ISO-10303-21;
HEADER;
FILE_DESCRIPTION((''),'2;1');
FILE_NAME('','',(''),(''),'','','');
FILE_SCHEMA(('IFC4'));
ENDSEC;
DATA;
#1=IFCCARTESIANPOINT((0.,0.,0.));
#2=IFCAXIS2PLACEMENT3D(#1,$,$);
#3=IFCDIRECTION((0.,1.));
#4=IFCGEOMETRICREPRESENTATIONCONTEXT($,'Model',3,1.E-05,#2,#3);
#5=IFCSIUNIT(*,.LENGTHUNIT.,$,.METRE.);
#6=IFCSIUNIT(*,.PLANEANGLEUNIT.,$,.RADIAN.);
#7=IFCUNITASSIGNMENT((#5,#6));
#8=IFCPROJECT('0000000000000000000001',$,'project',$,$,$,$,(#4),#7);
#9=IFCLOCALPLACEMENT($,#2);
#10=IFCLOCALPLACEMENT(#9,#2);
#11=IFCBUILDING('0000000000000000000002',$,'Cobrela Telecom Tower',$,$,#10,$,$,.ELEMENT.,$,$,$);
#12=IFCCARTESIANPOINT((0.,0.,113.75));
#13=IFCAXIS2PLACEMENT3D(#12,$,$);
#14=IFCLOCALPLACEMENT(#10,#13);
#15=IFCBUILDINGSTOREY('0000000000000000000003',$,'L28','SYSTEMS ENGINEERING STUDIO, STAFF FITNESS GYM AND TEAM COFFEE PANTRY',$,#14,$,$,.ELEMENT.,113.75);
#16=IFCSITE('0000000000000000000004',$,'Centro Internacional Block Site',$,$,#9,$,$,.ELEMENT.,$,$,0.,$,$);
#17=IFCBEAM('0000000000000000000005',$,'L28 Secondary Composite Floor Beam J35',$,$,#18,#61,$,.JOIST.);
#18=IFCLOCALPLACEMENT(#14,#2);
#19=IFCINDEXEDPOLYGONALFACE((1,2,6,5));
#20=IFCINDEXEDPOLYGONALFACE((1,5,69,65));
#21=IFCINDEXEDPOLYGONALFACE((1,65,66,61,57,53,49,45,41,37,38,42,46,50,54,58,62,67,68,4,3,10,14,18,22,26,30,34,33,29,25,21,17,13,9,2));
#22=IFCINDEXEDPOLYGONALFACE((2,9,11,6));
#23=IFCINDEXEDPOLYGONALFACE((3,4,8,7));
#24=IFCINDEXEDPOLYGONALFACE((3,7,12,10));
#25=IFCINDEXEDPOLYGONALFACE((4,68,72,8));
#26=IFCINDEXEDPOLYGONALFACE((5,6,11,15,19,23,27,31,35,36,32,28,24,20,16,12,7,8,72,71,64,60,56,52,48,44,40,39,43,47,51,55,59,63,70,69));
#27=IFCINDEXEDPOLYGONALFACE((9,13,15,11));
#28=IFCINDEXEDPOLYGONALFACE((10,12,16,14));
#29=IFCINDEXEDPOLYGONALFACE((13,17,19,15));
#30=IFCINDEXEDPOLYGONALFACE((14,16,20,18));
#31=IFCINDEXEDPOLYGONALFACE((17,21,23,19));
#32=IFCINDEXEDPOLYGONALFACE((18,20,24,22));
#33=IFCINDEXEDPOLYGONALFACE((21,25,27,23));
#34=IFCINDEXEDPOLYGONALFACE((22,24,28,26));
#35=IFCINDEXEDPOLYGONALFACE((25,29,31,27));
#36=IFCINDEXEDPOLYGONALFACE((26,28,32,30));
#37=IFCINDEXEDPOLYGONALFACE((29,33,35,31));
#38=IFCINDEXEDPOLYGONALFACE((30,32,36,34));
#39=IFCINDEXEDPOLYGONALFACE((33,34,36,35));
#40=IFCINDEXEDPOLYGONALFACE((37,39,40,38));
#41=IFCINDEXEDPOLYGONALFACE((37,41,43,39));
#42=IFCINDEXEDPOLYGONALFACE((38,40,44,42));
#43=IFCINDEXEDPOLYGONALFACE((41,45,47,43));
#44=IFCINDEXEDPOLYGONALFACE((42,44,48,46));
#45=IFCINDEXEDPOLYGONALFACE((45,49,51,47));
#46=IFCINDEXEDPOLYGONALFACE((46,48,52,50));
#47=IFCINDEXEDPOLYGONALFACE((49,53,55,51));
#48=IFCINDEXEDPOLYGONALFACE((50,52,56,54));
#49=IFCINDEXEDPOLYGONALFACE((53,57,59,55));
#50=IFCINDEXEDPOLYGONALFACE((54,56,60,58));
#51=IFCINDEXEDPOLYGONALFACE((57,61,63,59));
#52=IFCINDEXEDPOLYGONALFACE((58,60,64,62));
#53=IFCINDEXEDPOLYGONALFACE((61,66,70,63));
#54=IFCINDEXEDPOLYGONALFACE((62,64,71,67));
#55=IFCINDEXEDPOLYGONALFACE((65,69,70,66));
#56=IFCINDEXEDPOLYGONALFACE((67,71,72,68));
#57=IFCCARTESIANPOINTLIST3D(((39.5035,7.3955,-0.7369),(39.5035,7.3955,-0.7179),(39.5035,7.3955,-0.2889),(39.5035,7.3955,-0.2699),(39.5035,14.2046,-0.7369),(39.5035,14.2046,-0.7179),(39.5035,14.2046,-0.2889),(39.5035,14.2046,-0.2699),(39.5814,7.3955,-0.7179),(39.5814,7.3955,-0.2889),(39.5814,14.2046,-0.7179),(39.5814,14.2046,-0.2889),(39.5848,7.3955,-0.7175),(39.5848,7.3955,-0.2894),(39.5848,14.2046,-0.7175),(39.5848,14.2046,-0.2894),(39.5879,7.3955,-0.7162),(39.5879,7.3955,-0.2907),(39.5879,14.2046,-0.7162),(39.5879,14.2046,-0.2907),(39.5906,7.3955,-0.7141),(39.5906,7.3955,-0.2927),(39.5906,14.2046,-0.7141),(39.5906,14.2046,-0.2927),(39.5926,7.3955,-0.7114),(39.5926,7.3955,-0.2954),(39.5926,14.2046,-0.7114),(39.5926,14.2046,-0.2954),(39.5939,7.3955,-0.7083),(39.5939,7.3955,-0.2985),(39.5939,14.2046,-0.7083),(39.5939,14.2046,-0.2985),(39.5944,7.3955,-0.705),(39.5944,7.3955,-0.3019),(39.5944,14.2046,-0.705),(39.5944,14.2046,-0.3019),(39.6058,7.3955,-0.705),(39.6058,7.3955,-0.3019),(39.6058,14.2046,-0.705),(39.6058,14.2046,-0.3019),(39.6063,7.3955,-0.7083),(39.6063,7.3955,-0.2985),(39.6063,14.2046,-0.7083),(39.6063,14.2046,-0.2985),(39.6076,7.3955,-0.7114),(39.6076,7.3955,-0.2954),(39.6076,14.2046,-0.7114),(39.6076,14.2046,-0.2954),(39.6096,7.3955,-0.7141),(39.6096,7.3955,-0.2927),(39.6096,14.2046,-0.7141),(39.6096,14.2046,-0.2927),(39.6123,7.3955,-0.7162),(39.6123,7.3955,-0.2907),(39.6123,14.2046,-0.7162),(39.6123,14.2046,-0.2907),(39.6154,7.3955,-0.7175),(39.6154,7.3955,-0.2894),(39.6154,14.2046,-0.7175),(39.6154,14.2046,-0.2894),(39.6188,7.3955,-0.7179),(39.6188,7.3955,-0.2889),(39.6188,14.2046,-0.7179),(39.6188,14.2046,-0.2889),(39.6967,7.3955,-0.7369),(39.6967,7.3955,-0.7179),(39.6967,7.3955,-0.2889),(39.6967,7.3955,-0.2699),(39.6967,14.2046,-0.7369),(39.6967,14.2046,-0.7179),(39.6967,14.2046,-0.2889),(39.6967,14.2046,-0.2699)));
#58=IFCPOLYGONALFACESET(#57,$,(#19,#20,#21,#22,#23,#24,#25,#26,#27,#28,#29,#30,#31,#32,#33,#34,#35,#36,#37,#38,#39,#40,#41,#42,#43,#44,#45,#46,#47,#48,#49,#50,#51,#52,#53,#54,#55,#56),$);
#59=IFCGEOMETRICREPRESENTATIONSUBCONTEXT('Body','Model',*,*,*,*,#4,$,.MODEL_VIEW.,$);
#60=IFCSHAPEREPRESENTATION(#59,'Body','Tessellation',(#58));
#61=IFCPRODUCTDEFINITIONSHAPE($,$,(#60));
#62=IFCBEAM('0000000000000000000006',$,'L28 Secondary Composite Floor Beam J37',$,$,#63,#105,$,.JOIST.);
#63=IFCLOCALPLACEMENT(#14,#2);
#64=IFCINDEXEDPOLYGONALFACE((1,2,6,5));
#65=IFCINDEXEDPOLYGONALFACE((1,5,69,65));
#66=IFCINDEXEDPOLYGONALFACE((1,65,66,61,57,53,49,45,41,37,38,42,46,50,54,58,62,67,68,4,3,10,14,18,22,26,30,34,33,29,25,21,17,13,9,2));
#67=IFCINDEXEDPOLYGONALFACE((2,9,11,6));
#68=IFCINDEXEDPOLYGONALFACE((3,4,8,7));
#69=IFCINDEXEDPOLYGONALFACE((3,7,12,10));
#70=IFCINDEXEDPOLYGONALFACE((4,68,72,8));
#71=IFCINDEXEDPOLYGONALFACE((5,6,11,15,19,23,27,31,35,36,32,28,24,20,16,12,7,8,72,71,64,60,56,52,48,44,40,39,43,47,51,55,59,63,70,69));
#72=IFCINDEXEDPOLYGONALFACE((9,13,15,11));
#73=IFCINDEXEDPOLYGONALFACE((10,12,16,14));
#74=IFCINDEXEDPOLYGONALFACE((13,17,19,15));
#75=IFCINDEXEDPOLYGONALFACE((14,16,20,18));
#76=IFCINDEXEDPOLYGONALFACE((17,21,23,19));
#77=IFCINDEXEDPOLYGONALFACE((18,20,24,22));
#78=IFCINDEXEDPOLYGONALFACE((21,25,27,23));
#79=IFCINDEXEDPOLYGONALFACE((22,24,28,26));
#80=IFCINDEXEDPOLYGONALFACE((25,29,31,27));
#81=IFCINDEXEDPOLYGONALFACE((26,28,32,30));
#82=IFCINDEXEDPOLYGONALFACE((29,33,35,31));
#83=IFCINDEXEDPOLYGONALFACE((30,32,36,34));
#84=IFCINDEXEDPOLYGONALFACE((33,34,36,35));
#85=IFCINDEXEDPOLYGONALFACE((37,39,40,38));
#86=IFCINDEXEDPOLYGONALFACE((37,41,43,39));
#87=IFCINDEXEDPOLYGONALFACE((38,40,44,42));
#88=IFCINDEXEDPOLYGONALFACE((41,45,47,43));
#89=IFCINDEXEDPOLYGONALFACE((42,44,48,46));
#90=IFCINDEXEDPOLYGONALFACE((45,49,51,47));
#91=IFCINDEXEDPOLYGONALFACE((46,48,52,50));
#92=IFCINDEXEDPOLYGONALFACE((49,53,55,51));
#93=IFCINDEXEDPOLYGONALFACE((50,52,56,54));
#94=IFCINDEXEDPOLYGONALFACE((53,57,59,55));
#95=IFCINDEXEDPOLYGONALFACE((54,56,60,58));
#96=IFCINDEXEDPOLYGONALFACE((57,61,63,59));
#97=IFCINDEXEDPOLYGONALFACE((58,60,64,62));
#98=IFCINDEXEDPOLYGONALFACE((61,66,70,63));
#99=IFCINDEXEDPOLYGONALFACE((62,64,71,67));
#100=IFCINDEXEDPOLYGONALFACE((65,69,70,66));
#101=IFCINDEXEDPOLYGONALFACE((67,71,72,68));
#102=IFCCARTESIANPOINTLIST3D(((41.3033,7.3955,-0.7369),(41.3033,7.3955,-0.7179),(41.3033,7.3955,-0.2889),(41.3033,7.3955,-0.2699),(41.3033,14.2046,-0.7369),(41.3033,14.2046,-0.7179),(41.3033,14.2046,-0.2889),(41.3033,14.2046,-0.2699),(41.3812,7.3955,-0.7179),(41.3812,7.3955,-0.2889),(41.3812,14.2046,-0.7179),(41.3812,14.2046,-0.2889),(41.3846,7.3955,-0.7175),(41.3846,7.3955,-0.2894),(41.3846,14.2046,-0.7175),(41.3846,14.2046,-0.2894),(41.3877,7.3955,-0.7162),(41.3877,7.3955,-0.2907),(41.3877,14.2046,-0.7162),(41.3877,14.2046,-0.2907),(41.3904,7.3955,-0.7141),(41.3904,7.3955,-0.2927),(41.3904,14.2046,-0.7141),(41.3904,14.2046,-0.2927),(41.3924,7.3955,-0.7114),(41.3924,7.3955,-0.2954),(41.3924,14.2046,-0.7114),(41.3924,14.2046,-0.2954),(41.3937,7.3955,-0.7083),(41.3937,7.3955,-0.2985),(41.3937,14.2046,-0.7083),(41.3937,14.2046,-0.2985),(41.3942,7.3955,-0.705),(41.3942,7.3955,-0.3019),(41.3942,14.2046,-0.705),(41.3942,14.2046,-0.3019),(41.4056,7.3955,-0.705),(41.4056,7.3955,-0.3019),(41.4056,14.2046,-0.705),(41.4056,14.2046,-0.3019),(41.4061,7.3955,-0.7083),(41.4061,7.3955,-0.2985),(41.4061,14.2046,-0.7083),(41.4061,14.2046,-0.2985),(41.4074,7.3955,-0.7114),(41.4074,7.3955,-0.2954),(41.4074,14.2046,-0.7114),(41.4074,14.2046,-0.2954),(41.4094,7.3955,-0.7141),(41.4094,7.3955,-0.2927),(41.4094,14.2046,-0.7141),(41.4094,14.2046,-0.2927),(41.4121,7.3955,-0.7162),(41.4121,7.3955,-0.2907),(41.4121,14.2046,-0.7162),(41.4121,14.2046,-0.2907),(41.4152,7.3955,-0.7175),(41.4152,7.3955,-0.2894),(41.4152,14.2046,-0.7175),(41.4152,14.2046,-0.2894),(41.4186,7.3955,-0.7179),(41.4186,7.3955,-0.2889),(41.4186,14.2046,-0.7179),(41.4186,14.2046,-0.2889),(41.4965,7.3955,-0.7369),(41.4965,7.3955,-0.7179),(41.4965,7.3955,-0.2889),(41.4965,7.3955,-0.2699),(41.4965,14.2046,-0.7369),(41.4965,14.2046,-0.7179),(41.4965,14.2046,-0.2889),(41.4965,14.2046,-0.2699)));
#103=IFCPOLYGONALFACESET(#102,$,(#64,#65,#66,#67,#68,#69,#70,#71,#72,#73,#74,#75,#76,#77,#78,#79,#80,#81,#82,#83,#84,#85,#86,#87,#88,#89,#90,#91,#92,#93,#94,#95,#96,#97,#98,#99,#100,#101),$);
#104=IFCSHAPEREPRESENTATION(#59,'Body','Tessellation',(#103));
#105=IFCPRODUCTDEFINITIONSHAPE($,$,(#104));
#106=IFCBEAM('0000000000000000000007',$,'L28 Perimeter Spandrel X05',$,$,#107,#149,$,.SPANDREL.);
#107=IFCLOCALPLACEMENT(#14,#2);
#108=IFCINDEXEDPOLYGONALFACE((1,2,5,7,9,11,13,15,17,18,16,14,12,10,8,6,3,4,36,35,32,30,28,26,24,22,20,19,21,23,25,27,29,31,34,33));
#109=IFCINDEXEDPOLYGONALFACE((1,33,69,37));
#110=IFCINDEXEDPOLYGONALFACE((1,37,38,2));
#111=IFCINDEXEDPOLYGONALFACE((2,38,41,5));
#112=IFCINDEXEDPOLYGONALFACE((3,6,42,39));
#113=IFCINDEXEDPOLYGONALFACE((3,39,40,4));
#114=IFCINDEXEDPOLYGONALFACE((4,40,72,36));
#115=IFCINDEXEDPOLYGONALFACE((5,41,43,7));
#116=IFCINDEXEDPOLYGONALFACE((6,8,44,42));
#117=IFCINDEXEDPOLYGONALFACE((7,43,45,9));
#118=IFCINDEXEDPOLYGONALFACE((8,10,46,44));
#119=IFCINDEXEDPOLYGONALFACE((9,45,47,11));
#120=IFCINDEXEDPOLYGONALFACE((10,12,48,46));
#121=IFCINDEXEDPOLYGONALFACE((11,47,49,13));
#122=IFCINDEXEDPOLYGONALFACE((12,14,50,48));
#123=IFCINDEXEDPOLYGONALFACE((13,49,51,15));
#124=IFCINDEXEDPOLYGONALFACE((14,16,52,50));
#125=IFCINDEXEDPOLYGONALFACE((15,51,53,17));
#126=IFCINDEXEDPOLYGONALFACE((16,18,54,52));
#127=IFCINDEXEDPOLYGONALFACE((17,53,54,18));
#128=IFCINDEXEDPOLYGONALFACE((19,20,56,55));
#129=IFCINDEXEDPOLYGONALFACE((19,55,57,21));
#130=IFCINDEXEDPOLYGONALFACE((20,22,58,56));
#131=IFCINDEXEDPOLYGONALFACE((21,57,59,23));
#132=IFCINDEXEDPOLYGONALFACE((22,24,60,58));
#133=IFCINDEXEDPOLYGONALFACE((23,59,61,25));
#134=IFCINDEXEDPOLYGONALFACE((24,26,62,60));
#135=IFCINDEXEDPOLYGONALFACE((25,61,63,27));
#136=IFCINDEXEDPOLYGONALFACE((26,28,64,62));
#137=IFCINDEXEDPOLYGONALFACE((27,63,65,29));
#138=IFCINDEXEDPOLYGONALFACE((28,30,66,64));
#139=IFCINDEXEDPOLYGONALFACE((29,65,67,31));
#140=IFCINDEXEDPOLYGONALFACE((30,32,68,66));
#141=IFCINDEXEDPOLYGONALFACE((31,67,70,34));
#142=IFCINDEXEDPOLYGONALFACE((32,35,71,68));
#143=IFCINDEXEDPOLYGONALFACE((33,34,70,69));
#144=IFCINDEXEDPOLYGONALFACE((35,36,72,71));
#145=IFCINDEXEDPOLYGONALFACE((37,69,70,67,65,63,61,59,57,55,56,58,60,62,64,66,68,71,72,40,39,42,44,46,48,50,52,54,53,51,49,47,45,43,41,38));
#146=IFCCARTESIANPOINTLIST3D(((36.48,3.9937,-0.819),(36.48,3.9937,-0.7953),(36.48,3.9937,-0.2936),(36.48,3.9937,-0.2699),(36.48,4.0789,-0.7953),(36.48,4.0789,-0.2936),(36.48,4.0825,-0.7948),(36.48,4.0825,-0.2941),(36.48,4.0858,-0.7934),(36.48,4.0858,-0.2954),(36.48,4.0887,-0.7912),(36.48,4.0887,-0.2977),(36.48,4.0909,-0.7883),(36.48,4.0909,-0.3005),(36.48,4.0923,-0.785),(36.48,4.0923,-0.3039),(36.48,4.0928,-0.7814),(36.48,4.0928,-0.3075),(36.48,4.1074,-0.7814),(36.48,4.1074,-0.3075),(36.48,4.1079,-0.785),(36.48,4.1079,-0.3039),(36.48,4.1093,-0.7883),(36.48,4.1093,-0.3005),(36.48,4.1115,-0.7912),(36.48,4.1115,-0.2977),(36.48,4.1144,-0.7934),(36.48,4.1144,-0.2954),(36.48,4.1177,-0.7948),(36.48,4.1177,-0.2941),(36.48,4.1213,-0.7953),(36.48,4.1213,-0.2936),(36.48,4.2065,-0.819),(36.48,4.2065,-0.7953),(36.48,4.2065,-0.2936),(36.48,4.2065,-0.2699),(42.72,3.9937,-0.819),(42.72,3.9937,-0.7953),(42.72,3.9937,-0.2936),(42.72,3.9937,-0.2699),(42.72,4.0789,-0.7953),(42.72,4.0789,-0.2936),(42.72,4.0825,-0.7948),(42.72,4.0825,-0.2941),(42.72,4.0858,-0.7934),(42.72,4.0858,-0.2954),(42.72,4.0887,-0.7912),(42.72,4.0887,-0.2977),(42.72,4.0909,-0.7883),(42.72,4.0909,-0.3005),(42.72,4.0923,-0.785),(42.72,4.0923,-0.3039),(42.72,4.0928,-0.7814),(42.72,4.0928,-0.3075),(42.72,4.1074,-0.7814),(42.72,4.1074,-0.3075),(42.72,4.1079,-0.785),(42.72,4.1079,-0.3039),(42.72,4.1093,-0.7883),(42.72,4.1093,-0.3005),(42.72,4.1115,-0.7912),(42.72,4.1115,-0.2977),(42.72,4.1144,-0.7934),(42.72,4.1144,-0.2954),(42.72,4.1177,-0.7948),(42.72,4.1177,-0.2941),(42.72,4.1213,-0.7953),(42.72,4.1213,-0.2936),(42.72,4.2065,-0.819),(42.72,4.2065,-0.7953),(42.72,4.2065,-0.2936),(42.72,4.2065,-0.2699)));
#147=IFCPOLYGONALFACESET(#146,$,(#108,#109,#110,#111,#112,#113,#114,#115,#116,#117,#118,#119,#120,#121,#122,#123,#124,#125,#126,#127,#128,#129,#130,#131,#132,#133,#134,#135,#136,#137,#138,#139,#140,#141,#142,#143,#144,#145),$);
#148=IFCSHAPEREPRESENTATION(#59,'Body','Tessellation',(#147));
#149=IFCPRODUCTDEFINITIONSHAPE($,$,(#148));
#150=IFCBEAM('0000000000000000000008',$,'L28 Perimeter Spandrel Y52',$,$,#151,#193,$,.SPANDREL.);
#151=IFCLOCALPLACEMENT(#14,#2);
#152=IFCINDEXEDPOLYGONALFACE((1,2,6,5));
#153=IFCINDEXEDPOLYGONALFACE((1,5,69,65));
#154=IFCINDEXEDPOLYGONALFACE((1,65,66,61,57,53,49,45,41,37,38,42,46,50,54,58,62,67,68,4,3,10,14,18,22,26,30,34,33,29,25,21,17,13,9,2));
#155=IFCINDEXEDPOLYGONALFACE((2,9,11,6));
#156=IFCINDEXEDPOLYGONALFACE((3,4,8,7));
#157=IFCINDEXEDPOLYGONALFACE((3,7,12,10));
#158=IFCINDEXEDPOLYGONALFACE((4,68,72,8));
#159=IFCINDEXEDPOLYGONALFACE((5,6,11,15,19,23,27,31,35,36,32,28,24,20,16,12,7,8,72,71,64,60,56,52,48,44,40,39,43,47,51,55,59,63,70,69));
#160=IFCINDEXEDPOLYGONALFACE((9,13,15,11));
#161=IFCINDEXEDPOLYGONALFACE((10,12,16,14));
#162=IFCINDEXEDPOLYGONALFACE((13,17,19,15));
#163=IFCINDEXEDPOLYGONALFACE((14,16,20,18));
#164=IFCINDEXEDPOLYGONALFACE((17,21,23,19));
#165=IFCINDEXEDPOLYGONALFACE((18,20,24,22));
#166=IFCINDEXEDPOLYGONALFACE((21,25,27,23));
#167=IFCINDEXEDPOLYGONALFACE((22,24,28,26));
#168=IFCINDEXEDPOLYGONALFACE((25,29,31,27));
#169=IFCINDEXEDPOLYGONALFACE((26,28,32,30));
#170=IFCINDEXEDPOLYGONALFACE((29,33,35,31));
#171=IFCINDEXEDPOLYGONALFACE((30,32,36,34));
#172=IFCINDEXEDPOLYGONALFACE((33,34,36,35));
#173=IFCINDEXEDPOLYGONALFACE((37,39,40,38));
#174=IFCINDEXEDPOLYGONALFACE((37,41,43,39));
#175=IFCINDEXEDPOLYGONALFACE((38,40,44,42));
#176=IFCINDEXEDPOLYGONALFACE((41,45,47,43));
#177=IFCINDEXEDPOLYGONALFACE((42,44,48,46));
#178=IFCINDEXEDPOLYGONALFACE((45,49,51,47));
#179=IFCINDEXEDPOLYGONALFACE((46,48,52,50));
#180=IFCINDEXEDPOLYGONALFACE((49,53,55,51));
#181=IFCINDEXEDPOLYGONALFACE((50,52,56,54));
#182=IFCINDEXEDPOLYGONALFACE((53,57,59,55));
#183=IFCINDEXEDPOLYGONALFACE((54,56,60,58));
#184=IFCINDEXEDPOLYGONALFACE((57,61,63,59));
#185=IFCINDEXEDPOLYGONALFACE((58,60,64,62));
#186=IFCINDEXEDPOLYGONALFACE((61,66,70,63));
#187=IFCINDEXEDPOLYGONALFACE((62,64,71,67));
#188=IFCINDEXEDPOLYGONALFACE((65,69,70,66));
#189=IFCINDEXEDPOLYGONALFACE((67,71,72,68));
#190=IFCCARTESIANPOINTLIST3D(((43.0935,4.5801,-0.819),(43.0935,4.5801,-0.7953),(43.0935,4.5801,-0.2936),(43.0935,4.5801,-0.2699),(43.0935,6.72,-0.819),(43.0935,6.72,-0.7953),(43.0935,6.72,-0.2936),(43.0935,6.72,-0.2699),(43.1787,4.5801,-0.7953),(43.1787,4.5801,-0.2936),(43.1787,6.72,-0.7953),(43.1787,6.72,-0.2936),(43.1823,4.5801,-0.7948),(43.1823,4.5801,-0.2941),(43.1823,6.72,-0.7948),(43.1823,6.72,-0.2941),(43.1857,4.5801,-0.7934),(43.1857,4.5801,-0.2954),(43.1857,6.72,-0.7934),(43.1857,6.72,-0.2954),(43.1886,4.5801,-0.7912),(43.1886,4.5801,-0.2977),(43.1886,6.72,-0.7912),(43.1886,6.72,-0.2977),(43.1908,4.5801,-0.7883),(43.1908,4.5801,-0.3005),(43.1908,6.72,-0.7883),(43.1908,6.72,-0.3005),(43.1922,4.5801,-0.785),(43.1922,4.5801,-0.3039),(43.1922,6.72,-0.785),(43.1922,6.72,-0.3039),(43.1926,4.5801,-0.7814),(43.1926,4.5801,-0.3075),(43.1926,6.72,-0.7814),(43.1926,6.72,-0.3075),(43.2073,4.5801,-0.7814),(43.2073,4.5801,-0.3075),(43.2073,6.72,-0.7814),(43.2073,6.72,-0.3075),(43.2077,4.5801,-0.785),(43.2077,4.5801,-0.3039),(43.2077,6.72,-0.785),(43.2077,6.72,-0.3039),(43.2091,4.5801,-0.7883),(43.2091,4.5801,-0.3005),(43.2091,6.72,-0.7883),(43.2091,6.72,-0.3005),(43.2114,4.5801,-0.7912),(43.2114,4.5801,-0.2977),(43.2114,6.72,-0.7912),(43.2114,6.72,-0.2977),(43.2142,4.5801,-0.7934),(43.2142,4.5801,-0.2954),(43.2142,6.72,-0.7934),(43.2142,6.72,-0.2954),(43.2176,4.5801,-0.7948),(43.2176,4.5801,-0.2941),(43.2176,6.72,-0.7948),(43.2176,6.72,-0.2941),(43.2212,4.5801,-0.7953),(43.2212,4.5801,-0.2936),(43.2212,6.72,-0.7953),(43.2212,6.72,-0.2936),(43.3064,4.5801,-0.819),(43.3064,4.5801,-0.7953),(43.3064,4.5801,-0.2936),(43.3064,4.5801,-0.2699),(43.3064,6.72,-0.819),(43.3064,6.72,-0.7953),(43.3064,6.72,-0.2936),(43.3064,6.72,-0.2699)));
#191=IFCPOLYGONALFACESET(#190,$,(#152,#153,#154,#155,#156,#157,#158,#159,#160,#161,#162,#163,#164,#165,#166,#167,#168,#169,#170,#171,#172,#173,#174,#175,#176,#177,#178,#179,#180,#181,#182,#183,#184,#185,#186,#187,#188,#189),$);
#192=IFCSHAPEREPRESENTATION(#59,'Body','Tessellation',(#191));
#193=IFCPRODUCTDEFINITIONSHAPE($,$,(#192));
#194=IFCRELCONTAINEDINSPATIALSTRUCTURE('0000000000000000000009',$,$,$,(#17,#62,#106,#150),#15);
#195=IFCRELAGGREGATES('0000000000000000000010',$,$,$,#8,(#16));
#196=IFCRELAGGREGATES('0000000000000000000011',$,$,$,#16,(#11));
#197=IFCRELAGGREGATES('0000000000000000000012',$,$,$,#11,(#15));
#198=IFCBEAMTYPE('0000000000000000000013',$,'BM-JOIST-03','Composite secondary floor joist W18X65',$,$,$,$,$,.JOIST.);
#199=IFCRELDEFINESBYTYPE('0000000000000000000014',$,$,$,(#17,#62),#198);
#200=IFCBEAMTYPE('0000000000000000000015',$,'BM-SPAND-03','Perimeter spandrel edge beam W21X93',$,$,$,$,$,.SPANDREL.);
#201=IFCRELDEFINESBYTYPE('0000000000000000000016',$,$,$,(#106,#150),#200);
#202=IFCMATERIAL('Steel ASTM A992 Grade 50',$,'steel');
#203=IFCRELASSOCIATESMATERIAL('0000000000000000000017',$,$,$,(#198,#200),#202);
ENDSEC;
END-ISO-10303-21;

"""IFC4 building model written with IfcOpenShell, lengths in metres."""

from ifc_helpers import new_model, si_unit, direction, frame, origin, origin_2d, place, context, subcontext, project, spatial, i_section, extrude, material, material_profile, profile_set, type_object, element, save


model = new_model("IFC4")

# Units and contexts
model_context = context("Model", 3, precision=1e-05, world=origin(), true_north=direction((0.0, 1.0)))
body_context = subcontext(model_context, "Body", "Model", "MODEL_VIEW")
ifc_project = project(units=[si_unit("LENGTHUNIT", "METRE"), si_unit("PLANEANGLEUNIT", "RADIAN")], contexts=[model_context])

# Site, building, storey
site_placement = place(None, origin())
site = spatial("IfcSite", under=ifc_project, at=site_placement, Name="Centro Internacional Block Site", CompositionType="ELEMENT", RefElevation=0.0)
building_placement = place(site_placement, origin())
building = spatial("IfcBuilding", under=site, at=building_placement, Name="Cobrela Telecom Tower", CompositionType="ELEMENT")
storey_placement = place(building_placement, frame((0.0, 0.0, 113.75)))
storey = spatial("IfcBuildingStorey", under=building, at=storey_placement, Name="L28", Description="SYSTEMS ENGINEERING STUDIO, STAFF FITNESS GYM AND TEAM COFFEE PANTRY", CompositionType="ELEMENT", Elevation=113.75)

# Shared definitions
ifc_material_1 = material(Name="Steel ASTM A992 Grade 50", Category="steel")

# Beams
ifc_material_profile_1 = material_profile(ifc_material_1, i_section(OverallWidth=0.1931, OverallDepth=0.467, WebThickness=0.0115, FlangeThickness=0.019, FilletRadius=0.0129, at=origin_2d()), Name="W18X65")
ifc_profile_set_1 = profile_set([ifc_material_profile_1], Name="Steel ASTM A992 Grade 50")
beam_type_1 = type_object("IfcBeamType", Name="BM-JOIST-03", Description="Composite secondary floor joist W18X65", PredefinedType="JOIST", material=ifc_profile_set_1)
for number, where, z_axis, x_axis, name in (
    (1, (39.6001, 7.3955, -0.5034), (0.0, 1.0, 0.0), (-1.0, 0.0, 0.0), "L28 Secondary Composite Floor Beam J35"),
    (2, (41.3999, 7.3955, -0.5034), (0.0, 1.0, 0.0), (-1.0, 0.0, 0.0), "L28 Secondary Composite Floor Beam J37"),
):
    element("IfcBeam", number, at=place(storey_placement, frame(where, z_axis=z_axis, x_axis=x_axis)), inside=storey, type_object=beam_type_1, Name=name, PredefinedType="JOIST", context=body_context, shape_type="SweptSolid", body=[
        extrude(i_section(OverallWidth=0.1931, OverallDepth=0.467, WebThickness=0.0115, FlangeThickness=0.019, FilletRadius=0.0129, at=origin_2d()), origin(), (0.0, 0.0, 1.0), 6.8091),
    ])
ifc_material_profile_2 = material_profile(ifc_material_1, i_section(OverallWidth=0.2129, OverallDepth=0.5491, WebThickness=0.0146, FlangeThickness=0.0237, FilletRadius=0.0139, at=origin_2d()), Name="W21X93")
ifc_profile_set_2 = profile_set([ifc_material_profile_2], Name="Steel ASTM A992 Grade 50")
beam_type_2 = type_object("IfcBeamType", Name="BM-SPAND-03", Description="Perimeter spandrel edge beam W21X93", PredefinedType="SPANDREL", material=ifc_profile_set_2)
beam_1_placement = place(storey_placement, frame((36.48, 4.1001, -0.5444), z_axis=(1.0, 0.0, 0.0), x_axis=(0.0, 1.0, 0.0)))
element("IfcBeam", 3, at=beam_1_placement, inside=storey, type_object=beam_type_2, Name="L28 Perimeter Spandrel X05", PredefinedType="SPANDREL", context=body_context, shape_type="SweptSolid", body=[
    extrude(i_section(OverallWidth=0.2129, OverallDepth=0.5491, WebThickness=0.0146, FlangeThickness=0.0237, FilletRadius=0.0139, at=origin_2d()), origin(), (0.0, 0.0, 1.0), 6.24),
])
beam_2_placement = place(storey_placement, frame((43.2, 4.5801, -0.5444), z_axis=(0.0, 1.0, 0.0), x_axis=(-1.0, 0.0, 0.0)))
element("IfcBeam", 4, at=beam_2_placement, inside=storey, type_object=beam_type_2, Name="L28 Perimeter Spandrel Y52", PredefinedType="SPANDREL", context=body_context, shape_type="SweptSolid", body=[
    extrude(i_section(OverallWidth=0.2129, OverallDepth=0.5491, WebThickness=0.0146, FlangeThickness=0.0237, FilletRadius=0.0139, at=origin_2d()), origin(), (0.0, 0.0, 1.0), 2.1399),
])

save(model, "model.ifc")
